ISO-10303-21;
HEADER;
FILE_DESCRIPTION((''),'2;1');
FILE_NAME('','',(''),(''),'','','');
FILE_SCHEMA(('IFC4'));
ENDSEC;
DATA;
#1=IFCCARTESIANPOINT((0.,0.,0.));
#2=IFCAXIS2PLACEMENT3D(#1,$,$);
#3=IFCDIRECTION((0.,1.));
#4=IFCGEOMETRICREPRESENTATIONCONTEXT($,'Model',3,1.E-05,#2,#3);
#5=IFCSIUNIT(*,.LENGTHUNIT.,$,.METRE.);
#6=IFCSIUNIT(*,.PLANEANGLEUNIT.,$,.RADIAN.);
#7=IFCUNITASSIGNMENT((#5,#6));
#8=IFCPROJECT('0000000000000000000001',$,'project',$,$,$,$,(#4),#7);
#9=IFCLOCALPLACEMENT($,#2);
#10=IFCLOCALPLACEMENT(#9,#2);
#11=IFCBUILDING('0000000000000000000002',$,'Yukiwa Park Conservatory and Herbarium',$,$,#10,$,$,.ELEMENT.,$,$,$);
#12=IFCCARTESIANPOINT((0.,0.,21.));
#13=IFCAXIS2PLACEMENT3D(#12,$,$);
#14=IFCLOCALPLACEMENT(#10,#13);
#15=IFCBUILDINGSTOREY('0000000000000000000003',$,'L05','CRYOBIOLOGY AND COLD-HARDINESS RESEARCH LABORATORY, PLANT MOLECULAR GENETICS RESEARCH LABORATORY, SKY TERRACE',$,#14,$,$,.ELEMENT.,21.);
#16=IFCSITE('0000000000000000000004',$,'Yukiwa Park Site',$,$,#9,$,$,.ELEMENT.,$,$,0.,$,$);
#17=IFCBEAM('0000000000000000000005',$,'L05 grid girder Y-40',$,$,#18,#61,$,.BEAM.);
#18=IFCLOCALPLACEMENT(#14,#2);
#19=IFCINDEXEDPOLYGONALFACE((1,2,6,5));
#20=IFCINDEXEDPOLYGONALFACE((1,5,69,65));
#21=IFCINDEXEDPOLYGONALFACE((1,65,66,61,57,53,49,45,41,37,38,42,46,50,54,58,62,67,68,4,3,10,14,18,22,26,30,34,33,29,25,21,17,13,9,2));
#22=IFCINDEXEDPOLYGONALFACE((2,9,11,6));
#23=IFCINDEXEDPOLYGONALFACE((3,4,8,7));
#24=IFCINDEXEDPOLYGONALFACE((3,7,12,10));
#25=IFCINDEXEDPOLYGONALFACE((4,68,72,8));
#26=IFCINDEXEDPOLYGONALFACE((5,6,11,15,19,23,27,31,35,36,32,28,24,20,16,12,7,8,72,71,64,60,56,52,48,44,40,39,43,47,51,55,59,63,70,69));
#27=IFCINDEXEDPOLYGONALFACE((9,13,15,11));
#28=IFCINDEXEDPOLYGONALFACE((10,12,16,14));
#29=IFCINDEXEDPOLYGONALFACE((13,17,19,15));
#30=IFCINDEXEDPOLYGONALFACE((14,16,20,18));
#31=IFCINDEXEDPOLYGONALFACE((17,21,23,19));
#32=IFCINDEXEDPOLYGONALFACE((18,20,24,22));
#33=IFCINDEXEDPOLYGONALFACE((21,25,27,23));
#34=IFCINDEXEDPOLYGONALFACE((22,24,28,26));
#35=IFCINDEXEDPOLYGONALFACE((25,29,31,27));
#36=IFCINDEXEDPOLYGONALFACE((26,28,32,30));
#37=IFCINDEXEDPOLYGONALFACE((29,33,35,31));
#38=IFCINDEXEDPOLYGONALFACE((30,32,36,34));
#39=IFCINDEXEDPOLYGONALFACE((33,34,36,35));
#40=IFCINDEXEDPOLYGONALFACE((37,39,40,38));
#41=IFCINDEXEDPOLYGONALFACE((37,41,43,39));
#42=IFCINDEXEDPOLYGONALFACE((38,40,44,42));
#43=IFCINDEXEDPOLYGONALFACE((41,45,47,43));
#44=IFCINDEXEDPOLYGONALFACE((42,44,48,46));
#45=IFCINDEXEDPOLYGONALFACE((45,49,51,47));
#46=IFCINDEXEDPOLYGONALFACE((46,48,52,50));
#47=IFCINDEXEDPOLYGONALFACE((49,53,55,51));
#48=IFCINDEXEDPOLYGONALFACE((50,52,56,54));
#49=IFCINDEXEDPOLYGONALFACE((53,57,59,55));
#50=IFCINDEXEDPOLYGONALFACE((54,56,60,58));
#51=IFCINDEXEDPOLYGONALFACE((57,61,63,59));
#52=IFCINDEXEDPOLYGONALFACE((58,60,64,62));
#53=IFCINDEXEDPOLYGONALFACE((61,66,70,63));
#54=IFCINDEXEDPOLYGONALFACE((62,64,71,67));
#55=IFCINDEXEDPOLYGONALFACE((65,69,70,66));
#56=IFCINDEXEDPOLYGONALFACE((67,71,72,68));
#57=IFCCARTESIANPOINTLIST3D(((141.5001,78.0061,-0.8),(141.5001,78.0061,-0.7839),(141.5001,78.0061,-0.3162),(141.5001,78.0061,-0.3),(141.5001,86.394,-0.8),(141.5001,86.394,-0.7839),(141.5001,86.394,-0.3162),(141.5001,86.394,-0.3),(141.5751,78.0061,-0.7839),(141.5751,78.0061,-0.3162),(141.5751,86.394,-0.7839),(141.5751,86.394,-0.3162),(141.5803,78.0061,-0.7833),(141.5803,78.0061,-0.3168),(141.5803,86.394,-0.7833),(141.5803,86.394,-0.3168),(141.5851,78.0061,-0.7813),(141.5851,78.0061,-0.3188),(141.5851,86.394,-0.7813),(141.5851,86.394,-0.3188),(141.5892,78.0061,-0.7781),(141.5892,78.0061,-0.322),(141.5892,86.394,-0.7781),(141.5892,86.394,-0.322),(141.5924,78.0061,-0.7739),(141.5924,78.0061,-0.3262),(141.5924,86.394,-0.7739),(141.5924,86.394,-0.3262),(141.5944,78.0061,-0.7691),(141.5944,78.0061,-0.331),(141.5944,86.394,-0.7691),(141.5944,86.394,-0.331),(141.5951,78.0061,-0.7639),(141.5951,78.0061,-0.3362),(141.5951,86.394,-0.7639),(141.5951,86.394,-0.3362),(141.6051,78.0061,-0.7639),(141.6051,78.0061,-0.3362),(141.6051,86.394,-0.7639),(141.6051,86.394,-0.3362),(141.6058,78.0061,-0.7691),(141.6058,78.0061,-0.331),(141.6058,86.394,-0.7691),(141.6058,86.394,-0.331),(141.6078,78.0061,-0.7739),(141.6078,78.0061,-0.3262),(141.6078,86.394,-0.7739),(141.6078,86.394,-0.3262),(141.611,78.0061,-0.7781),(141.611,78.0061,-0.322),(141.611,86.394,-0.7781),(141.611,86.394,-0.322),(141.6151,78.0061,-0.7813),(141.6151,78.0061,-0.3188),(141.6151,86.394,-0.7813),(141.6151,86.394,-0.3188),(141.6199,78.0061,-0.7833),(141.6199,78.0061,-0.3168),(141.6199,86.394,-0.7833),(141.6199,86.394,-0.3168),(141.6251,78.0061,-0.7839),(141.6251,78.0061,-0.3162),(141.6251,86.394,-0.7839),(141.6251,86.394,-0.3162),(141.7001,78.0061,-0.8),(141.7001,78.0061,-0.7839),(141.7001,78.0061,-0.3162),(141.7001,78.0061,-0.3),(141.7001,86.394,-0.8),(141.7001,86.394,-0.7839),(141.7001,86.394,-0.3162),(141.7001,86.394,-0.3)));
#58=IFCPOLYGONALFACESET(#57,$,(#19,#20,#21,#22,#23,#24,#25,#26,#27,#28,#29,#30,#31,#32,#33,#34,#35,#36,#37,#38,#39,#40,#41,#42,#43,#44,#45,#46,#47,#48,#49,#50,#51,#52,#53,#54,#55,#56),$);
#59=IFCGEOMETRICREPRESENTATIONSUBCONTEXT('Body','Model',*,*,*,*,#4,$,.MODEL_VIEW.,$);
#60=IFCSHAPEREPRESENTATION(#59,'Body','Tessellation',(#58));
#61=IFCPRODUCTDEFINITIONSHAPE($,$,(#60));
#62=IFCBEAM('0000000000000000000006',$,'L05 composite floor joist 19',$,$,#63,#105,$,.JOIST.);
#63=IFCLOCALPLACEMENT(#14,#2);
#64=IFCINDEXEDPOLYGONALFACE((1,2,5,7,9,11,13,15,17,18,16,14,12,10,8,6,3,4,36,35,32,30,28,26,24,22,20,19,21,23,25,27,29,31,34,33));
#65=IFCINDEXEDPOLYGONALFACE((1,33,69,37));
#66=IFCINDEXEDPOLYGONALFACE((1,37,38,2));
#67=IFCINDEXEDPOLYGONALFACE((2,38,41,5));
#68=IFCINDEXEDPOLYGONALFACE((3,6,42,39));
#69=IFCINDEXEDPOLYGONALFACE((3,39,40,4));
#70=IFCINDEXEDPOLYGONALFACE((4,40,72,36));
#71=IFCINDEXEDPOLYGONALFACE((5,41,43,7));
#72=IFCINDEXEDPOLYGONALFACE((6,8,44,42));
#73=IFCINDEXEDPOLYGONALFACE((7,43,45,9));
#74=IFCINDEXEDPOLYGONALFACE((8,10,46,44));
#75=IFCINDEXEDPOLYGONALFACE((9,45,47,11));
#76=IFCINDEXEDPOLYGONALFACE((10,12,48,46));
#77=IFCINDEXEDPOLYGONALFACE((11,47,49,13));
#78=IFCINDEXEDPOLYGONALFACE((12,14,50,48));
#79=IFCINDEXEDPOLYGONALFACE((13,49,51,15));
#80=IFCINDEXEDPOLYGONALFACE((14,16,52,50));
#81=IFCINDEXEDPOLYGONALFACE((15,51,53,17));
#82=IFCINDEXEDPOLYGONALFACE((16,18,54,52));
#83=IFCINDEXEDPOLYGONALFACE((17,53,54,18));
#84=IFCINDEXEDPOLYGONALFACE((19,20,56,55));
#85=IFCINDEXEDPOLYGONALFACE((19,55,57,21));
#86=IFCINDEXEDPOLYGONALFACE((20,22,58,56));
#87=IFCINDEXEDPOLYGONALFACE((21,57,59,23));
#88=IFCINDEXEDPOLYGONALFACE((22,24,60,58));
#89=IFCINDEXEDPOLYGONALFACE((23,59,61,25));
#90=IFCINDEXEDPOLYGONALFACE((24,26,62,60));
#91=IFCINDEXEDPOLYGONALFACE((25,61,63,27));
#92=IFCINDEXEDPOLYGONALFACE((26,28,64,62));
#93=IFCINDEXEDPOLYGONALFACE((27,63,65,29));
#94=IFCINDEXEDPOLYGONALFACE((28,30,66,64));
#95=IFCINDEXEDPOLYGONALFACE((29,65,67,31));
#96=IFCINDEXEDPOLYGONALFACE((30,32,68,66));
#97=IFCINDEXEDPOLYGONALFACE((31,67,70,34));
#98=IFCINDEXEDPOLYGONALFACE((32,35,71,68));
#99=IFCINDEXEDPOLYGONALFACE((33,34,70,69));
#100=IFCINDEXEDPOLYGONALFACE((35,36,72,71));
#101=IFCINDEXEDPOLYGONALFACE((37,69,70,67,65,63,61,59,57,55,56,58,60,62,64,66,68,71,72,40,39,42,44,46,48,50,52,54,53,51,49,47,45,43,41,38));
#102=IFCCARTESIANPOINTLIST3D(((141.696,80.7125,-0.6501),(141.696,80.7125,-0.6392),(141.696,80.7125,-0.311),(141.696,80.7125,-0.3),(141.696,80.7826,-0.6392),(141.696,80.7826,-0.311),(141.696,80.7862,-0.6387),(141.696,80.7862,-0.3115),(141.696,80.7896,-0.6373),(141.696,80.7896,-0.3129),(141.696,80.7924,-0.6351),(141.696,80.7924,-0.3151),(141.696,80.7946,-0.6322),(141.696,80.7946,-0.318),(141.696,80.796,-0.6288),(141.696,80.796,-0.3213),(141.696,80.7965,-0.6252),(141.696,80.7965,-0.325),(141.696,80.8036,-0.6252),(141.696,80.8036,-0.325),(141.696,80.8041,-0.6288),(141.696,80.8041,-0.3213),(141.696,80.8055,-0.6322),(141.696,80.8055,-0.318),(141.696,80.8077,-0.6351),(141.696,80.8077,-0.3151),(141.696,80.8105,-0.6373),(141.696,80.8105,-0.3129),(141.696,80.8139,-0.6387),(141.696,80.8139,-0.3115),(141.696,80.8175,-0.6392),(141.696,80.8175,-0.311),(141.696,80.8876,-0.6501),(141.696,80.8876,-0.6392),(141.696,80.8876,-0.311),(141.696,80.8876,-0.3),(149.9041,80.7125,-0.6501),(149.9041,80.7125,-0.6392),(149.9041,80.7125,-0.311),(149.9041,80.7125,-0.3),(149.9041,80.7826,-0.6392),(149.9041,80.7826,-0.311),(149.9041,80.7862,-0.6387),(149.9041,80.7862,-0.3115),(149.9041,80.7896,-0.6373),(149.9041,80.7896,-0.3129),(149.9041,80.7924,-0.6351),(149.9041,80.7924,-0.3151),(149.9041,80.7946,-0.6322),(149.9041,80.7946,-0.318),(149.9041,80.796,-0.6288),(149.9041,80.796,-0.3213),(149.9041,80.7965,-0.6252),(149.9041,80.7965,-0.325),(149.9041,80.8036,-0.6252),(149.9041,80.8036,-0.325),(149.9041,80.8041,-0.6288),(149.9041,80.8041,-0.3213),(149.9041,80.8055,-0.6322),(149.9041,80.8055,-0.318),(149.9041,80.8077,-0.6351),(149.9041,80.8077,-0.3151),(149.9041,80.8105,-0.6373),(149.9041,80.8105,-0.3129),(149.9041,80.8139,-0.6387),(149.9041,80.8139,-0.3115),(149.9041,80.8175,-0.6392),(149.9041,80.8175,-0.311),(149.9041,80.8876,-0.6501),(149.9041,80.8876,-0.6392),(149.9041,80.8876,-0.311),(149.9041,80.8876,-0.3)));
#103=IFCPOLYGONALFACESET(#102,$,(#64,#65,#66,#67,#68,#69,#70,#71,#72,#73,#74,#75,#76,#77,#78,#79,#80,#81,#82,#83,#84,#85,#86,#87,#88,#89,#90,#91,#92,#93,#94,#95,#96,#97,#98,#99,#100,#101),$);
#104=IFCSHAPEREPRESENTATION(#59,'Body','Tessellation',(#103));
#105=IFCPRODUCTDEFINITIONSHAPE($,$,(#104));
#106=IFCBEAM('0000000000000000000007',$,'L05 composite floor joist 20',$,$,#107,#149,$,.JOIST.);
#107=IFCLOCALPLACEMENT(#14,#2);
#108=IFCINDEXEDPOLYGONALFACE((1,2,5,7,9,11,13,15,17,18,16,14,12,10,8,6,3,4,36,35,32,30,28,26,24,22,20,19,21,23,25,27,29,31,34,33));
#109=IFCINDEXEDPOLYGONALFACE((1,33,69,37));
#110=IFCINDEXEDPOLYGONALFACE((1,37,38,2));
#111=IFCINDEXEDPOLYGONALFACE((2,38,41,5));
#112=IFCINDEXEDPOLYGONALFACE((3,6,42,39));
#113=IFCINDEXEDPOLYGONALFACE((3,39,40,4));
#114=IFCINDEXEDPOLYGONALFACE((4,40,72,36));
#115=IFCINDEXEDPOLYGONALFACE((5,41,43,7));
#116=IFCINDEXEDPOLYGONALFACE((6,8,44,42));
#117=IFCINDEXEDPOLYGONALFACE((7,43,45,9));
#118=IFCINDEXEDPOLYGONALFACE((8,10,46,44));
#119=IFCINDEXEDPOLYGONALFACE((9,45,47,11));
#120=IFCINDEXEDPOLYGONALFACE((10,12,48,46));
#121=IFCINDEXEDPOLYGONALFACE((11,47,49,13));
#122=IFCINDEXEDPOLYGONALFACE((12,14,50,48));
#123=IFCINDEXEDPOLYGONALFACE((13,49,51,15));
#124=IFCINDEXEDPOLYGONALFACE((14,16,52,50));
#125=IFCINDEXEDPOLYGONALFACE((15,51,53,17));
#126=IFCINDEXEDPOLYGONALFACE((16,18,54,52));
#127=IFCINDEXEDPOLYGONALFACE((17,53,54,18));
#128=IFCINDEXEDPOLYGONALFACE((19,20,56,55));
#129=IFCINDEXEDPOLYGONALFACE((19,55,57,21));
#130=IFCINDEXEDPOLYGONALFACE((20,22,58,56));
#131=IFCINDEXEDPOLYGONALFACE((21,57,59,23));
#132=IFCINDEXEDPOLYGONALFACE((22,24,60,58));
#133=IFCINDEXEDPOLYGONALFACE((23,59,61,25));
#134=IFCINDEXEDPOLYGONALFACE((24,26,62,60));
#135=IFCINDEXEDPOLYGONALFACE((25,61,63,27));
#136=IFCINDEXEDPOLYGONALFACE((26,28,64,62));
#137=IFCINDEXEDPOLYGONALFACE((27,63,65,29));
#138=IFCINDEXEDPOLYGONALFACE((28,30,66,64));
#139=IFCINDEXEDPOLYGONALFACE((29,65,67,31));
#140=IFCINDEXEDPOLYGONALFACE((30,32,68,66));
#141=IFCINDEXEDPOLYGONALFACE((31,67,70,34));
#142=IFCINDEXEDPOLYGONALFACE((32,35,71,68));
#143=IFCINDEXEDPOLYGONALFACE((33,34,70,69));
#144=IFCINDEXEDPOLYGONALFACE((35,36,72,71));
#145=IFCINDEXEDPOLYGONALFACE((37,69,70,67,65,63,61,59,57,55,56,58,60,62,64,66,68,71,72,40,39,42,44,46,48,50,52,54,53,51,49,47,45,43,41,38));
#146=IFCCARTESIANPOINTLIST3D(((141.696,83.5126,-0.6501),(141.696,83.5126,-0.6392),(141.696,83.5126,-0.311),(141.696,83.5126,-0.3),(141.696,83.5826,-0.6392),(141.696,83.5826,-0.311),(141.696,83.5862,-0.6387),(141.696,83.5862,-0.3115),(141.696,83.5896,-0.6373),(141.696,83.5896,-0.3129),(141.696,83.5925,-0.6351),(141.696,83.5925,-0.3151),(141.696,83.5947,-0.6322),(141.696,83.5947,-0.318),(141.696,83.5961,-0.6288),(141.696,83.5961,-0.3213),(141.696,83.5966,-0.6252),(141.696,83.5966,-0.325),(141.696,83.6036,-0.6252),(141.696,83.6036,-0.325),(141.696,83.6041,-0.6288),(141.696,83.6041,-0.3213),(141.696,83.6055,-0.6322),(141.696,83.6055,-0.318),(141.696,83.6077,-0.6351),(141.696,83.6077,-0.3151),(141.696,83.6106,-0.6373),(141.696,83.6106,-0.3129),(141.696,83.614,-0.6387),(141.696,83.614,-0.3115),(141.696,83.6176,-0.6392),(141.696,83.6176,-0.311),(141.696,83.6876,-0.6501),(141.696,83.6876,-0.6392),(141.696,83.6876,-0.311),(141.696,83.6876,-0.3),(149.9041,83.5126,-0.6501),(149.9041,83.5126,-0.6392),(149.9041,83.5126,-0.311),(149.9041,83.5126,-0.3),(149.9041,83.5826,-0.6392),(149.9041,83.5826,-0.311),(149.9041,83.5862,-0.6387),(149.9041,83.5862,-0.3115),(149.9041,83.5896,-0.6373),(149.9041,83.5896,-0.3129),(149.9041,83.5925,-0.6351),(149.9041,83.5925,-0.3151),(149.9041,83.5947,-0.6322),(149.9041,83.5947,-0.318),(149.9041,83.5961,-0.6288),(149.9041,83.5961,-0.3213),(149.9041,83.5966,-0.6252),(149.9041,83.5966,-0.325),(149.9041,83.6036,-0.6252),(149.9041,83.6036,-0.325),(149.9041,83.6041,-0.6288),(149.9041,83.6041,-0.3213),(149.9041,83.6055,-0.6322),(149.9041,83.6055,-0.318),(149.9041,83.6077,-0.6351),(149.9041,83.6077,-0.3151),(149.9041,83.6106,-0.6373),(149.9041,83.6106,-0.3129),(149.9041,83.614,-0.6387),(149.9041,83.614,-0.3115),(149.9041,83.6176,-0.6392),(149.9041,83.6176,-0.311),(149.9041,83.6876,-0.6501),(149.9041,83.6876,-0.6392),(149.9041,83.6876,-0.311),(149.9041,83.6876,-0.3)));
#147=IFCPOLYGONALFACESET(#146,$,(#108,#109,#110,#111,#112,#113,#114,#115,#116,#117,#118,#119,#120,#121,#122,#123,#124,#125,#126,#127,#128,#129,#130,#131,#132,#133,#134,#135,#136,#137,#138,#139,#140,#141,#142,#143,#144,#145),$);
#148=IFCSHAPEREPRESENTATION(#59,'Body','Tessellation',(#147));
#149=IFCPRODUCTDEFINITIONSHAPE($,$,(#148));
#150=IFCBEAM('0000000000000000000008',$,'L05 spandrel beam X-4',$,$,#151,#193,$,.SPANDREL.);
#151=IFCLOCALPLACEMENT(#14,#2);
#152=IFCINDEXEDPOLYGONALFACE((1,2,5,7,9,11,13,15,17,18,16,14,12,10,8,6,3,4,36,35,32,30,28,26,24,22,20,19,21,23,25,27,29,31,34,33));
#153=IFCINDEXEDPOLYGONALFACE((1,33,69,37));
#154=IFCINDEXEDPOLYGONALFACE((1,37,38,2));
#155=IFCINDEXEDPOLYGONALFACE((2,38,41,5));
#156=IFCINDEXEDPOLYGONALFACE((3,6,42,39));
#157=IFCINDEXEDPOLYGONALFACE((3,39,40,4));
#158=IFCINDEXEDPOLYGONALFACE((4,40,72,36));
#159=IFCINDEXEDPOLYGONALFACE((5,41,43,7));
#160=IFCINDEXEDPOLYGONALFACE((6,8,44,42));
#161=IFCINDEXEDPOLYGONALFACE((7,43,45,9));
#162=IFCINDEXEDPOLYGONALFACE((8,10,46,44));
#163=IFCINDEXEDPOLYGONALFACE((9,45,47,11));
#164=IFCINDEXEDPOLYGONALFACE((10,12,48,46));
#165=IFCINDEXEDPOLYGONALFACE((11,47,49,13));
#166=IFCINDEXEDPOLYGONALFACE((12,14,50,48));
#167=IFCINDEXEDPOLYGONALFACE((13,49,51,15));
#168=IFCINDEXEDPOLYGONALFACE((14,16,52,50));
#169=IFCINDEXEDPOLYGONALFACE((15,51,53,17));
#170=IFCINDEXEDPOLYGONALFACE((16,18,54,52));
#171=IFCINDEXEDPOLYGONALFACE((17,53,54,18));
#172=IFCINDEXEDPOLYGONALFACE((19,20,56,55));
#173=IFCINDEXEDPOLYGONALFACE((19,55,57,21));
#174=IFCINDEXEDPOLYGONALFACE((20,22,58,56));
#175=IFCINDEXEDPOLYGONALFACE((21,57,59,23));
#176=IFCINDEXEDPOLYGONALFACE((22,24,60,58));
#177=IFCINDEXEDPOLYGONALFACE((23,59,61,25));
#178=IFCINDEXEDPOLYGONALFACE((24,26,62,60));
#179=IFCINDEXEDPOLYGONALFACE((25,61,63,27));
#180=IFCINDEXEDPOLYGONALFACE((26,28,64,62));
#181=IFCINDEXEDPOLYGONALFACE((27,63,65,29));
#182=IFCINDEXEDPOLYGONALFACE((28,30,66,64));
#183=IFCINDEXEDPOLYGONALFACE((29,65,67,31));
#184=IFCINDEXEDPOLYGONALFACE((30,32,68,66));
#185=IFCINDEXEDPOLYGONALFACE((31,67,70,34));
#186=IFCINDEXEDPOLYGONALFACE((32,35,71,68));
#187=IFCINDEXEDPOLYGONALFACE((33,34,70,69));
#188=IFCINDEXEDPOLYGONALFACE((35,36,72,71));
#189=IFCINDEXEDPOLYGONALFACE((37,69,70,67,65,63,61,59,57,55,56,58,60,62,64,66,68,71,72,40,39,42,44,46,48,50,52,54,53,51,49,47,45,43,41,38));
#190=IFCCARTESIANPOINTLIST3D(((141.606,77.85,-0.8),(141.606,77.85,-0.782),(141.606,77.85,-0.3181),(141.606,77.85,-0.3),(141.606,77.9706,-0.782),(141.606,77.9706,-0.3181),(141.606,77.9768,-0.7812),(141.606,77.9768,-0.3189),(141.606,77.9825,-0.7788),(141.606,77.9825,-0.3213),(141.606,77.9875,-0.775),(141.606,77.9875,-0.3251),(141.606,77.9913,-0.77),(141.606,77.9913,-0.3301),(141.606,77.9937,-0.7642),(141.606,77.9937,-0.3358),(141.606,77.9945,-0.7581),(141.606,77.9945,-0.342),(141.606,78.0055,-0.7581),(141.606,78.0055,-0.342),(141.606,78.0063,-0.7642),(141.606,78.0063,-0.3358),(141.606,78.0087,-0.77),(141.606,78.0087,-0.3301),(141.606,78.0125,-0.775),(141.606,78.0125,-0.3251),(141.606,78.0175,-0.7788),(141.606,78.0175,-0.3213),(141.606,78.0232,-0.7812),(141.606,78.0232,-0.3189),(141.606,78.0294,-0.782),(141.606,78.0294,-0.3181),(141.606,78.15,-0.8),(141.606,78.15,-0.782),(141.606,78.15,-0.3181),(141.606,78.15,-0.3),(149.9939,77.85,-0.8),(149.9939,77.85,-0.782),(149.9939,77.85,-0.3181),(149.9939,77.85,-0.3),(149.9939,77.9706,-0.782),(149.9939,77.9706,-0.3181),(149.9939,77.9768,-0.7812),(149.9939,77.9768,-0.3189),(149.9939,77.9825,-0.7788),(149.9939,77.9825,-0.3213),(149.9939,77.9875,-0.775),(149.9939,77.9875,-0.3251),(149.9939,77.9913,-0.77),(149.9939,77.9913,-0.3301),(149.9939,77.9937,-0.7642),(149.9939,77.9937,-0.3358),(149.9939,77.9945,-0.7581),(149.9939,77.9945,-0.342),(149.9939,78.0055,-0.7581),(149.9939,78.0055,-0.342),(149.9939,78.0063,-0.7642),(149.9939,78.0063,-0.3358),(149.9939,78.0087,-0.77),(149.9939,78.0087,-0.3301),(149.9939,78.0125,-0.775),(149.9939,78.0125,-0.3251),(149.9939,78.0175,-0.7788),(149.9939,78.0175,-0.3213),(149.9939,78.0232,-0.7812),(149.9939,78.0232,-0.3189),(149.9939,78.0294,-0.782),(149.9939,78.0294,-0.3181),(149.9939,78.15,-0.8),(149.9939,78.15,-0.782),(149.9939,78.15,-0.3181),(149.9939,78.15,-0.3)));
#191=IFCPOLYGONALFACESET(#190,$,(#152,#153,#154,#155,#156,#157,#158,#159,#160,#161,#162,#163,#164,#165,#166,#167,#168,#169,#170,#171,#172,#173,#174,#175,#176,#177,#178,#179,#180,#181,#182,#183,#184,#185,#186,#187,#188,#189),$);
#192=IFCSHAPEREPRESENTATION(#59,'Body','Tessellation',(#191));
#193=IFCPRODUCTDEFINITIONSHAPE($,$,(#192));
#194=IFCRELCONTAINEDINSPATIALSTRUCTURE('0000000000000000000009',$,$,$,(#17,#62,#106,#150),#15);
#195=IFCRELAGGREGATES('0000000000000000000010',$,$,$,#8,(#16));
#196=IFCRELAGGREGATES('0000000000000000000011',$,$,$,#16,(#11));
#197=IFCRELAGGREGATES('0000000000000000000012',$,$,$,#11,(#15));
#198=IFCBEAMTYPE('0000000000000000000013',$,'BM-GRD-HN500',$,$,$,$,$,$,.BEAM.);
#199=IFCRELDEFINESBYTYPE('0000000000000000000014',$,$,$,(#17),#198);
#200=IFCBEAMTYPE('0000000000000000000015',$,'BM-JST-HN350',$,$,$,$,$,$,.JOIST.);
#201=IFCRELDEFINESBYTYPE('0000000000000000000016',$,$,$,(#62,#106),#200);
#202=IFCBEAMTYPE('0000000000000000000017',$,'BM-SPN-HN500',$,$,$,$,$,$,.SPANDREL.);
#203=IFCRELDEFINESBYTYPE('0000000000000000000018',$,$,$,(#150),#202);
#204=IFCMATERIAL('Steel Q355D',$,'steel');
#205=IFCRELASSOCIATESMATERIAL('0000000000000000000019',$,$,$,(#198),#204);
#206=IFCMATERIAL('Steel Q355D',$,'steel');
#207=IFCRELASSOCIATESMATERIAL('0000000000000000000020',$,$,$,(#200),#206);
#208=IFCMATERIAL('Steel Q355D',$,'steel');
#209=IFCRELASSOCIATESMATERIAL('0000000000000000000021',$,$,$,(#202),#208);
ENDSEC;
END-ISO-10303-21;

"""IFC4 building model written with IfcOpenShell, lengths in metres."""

from ifc_helpers import new_model, si_unit, direction, frame, origin, origin_2d, place, context, subcontext, project, spatial, i_section, extrude, material, material_profile, profile_set, type_object, element, save


model = new_model("IFC4")

# Units and contexts
model_context = context("Model", 3, precision=1e-05, world=origin(), true_north=direction((0.0, 1.0)))
body_context = subcontext(model_context, "Body", "Model", "MODEL_VIEW")
ifc_project = project(units=[si_unit("LENGTHUNIT", "METRE"), si_unit("PLANEANGLEUNIT", "RADIAN")], contexts=[model_context])

# Site, building, storey
site_placement = place(None, origin())
site = spatial("IfcSite", under=ifc_project, at=site_placement, Name="Yukiwa Park Site", CompositionType="ELEMENT", RefElevation=0.0)
building_placement = place(site_placement, origin())
building = spatial("IfcBuilding", under=site, at=building_placement, Name="Yukiwa Park Conservatory and Herbarium", CompositionType="ELEMENT")
storey_placement = place(building_placement, frame((0.0, 0.0, 21.0)))
storey = spatial("IfcBuildingStorey", under=building, at=storey_placement, Name="L05", Description="CRYOBIOLOGY AND COLD-HARDINESS RESEARCH LABORATORY, PLANT MOLECULAR GENETICS RESEARCH LABORATORY, SKY TERRACE", CompositionType="ELEMENT", Elevation=21.0)

# Beams
ifc_material_1 = material(Name="Steel Q355D", Category="steel")
ifc_material_profile_1 = material_profile(ifc_material_1, i_section(OverallWidth=0.2, OverallDepth=0.5, WebThickness=0.01, FlangeThickness=0.0161, FilletRadius=0.02, at=origin_2d()), Name="HN 500x200x10x16")
ifc_profile_set_1 = profile_set([ifc_material_profile_1], Name="Steel Q355D")
beam_type_1 = type_object("IfcBeamType", Name="BM-GRD-HN500", PredefinedType="BEAM", material=ifc_profile_set_1)
for number, where, z_axis, x_axis, name in (
    (1, (141.6001, 78.0061, -0.55), (0.0, 1.0, 0.0), (-1.0, 0.0, 0.0), "L05 grid girder Y-40"),
):
    element("IfcBeam", number, at=place(storey_placement, frame(where, z_axis=z_axis, x_axis=x_axis)), inside=storey, type_object=beam_type_1, Name=name, PredefinedType="BEAM", context=body_context, shape_type="SweptSolid", body=[
        extrude(i_section(OverallWidth=0.2, OverallDepth=0.5, WebThickness=0.01, FlangeThickness=0.0161, FilletRadius=0.02, at=origin_2d()), origin(), (0.0, 0.0, 1.0), 8.3879),
    ])
ifc_material_2 = material(Name="Steel Q355D", Category="steel")
ifc_material_profile_2 = material_profile(ifc_material_2, i_section(OverallWidth=0.175, OverallDepth=0.3501, WebThickness=0.0071, FlangeThickness=0.011, FilletRadius=0.0139, at=origin_2d()), Name="HN 350x175x7x11")
ifc_profile_set_2 = profile_set([ifc_material_profile_2], Name="Steel Q355D")
beam_type_2 = type_object("IfcBeamType", Name="BM-JST-HN350", PredefinedType="JOIST", material=ifc_profile_set_2)
for number, where, z_axis, x_axis, name in (
    (2, (141.696, 80.8, -0.4751), (1.0, 0.0, 0.0), (0.0, 1.0, 0.0), "L05 composite floor joist 19"),
    (3, (141.696, 83.6001, -0.4751), (1.0, 0.0, 0.0), (0.0, 1.0, 0.0), "L05 composite floor joist 20"),
):
    element("IfcBeam", number, at=place(storey_placement, frame(where, z_axis=z_axis, x_axis=x_axis)), inside=storey, type_object=beam_type_2, Name=name, PredefinedType="JOIST", context=body_context, shape_type="SweptSolid", body=[
        extrude(i_section(OverallWidth=0.175, OverallDepth=0.3501, WebThickness=0.0071, FlangeThickness=0.011, FilletRadius=0.0139, at=origin_2d()), origin(), (0.0, 0.0, 1.0), 8.208),
    ])
ifc_material_3 = material(Name="Steel Q355D", Category="steel")
ifc_material_profile_3 = material_profile(ifc_material_3, i_section(OverallWidth=0.3, OverallDepth=0.5, WebThickness=0.011, FlangeThickness=0.0181, FilletRadius=0.0239, at=origin_2d()), Name="HM 500x300x11x18")
ifc_profile_set_3 = profile_set([ifc_material_profile_3], Name="Steel Q355D")
beam_type_3 = type_object("IfcBeamType", Name="BM-SPN-HN500", PredefinedType="SPANDREL", material=ifc_profile_set_3)
beam_placement = place(storey_placement, frame((141.606, 78.0, -0.55), z_axis=(1.0, 0.0, 0.0), x_axis=(0.0, 1.0, 0.0)))
element("IfcBeam", 4, at=beam_placement, inside=storey, type_object=beam_type_3, Name="L05 spandrel beam X-4", PredefinedType="SPANDREL", context=body_context, shape_type="SweptSolid", body=[
    extrude(i_section(OverallWidth=0.3, OverallDepth=0.5, WebThickness=0.011, FlangeThickness=0.0181, FilletRadius=0.0239, at=origin_2d()), origin(), (0.0, 0.0, 1.0), 8.3879),
])

save(model, "model.ifc")
